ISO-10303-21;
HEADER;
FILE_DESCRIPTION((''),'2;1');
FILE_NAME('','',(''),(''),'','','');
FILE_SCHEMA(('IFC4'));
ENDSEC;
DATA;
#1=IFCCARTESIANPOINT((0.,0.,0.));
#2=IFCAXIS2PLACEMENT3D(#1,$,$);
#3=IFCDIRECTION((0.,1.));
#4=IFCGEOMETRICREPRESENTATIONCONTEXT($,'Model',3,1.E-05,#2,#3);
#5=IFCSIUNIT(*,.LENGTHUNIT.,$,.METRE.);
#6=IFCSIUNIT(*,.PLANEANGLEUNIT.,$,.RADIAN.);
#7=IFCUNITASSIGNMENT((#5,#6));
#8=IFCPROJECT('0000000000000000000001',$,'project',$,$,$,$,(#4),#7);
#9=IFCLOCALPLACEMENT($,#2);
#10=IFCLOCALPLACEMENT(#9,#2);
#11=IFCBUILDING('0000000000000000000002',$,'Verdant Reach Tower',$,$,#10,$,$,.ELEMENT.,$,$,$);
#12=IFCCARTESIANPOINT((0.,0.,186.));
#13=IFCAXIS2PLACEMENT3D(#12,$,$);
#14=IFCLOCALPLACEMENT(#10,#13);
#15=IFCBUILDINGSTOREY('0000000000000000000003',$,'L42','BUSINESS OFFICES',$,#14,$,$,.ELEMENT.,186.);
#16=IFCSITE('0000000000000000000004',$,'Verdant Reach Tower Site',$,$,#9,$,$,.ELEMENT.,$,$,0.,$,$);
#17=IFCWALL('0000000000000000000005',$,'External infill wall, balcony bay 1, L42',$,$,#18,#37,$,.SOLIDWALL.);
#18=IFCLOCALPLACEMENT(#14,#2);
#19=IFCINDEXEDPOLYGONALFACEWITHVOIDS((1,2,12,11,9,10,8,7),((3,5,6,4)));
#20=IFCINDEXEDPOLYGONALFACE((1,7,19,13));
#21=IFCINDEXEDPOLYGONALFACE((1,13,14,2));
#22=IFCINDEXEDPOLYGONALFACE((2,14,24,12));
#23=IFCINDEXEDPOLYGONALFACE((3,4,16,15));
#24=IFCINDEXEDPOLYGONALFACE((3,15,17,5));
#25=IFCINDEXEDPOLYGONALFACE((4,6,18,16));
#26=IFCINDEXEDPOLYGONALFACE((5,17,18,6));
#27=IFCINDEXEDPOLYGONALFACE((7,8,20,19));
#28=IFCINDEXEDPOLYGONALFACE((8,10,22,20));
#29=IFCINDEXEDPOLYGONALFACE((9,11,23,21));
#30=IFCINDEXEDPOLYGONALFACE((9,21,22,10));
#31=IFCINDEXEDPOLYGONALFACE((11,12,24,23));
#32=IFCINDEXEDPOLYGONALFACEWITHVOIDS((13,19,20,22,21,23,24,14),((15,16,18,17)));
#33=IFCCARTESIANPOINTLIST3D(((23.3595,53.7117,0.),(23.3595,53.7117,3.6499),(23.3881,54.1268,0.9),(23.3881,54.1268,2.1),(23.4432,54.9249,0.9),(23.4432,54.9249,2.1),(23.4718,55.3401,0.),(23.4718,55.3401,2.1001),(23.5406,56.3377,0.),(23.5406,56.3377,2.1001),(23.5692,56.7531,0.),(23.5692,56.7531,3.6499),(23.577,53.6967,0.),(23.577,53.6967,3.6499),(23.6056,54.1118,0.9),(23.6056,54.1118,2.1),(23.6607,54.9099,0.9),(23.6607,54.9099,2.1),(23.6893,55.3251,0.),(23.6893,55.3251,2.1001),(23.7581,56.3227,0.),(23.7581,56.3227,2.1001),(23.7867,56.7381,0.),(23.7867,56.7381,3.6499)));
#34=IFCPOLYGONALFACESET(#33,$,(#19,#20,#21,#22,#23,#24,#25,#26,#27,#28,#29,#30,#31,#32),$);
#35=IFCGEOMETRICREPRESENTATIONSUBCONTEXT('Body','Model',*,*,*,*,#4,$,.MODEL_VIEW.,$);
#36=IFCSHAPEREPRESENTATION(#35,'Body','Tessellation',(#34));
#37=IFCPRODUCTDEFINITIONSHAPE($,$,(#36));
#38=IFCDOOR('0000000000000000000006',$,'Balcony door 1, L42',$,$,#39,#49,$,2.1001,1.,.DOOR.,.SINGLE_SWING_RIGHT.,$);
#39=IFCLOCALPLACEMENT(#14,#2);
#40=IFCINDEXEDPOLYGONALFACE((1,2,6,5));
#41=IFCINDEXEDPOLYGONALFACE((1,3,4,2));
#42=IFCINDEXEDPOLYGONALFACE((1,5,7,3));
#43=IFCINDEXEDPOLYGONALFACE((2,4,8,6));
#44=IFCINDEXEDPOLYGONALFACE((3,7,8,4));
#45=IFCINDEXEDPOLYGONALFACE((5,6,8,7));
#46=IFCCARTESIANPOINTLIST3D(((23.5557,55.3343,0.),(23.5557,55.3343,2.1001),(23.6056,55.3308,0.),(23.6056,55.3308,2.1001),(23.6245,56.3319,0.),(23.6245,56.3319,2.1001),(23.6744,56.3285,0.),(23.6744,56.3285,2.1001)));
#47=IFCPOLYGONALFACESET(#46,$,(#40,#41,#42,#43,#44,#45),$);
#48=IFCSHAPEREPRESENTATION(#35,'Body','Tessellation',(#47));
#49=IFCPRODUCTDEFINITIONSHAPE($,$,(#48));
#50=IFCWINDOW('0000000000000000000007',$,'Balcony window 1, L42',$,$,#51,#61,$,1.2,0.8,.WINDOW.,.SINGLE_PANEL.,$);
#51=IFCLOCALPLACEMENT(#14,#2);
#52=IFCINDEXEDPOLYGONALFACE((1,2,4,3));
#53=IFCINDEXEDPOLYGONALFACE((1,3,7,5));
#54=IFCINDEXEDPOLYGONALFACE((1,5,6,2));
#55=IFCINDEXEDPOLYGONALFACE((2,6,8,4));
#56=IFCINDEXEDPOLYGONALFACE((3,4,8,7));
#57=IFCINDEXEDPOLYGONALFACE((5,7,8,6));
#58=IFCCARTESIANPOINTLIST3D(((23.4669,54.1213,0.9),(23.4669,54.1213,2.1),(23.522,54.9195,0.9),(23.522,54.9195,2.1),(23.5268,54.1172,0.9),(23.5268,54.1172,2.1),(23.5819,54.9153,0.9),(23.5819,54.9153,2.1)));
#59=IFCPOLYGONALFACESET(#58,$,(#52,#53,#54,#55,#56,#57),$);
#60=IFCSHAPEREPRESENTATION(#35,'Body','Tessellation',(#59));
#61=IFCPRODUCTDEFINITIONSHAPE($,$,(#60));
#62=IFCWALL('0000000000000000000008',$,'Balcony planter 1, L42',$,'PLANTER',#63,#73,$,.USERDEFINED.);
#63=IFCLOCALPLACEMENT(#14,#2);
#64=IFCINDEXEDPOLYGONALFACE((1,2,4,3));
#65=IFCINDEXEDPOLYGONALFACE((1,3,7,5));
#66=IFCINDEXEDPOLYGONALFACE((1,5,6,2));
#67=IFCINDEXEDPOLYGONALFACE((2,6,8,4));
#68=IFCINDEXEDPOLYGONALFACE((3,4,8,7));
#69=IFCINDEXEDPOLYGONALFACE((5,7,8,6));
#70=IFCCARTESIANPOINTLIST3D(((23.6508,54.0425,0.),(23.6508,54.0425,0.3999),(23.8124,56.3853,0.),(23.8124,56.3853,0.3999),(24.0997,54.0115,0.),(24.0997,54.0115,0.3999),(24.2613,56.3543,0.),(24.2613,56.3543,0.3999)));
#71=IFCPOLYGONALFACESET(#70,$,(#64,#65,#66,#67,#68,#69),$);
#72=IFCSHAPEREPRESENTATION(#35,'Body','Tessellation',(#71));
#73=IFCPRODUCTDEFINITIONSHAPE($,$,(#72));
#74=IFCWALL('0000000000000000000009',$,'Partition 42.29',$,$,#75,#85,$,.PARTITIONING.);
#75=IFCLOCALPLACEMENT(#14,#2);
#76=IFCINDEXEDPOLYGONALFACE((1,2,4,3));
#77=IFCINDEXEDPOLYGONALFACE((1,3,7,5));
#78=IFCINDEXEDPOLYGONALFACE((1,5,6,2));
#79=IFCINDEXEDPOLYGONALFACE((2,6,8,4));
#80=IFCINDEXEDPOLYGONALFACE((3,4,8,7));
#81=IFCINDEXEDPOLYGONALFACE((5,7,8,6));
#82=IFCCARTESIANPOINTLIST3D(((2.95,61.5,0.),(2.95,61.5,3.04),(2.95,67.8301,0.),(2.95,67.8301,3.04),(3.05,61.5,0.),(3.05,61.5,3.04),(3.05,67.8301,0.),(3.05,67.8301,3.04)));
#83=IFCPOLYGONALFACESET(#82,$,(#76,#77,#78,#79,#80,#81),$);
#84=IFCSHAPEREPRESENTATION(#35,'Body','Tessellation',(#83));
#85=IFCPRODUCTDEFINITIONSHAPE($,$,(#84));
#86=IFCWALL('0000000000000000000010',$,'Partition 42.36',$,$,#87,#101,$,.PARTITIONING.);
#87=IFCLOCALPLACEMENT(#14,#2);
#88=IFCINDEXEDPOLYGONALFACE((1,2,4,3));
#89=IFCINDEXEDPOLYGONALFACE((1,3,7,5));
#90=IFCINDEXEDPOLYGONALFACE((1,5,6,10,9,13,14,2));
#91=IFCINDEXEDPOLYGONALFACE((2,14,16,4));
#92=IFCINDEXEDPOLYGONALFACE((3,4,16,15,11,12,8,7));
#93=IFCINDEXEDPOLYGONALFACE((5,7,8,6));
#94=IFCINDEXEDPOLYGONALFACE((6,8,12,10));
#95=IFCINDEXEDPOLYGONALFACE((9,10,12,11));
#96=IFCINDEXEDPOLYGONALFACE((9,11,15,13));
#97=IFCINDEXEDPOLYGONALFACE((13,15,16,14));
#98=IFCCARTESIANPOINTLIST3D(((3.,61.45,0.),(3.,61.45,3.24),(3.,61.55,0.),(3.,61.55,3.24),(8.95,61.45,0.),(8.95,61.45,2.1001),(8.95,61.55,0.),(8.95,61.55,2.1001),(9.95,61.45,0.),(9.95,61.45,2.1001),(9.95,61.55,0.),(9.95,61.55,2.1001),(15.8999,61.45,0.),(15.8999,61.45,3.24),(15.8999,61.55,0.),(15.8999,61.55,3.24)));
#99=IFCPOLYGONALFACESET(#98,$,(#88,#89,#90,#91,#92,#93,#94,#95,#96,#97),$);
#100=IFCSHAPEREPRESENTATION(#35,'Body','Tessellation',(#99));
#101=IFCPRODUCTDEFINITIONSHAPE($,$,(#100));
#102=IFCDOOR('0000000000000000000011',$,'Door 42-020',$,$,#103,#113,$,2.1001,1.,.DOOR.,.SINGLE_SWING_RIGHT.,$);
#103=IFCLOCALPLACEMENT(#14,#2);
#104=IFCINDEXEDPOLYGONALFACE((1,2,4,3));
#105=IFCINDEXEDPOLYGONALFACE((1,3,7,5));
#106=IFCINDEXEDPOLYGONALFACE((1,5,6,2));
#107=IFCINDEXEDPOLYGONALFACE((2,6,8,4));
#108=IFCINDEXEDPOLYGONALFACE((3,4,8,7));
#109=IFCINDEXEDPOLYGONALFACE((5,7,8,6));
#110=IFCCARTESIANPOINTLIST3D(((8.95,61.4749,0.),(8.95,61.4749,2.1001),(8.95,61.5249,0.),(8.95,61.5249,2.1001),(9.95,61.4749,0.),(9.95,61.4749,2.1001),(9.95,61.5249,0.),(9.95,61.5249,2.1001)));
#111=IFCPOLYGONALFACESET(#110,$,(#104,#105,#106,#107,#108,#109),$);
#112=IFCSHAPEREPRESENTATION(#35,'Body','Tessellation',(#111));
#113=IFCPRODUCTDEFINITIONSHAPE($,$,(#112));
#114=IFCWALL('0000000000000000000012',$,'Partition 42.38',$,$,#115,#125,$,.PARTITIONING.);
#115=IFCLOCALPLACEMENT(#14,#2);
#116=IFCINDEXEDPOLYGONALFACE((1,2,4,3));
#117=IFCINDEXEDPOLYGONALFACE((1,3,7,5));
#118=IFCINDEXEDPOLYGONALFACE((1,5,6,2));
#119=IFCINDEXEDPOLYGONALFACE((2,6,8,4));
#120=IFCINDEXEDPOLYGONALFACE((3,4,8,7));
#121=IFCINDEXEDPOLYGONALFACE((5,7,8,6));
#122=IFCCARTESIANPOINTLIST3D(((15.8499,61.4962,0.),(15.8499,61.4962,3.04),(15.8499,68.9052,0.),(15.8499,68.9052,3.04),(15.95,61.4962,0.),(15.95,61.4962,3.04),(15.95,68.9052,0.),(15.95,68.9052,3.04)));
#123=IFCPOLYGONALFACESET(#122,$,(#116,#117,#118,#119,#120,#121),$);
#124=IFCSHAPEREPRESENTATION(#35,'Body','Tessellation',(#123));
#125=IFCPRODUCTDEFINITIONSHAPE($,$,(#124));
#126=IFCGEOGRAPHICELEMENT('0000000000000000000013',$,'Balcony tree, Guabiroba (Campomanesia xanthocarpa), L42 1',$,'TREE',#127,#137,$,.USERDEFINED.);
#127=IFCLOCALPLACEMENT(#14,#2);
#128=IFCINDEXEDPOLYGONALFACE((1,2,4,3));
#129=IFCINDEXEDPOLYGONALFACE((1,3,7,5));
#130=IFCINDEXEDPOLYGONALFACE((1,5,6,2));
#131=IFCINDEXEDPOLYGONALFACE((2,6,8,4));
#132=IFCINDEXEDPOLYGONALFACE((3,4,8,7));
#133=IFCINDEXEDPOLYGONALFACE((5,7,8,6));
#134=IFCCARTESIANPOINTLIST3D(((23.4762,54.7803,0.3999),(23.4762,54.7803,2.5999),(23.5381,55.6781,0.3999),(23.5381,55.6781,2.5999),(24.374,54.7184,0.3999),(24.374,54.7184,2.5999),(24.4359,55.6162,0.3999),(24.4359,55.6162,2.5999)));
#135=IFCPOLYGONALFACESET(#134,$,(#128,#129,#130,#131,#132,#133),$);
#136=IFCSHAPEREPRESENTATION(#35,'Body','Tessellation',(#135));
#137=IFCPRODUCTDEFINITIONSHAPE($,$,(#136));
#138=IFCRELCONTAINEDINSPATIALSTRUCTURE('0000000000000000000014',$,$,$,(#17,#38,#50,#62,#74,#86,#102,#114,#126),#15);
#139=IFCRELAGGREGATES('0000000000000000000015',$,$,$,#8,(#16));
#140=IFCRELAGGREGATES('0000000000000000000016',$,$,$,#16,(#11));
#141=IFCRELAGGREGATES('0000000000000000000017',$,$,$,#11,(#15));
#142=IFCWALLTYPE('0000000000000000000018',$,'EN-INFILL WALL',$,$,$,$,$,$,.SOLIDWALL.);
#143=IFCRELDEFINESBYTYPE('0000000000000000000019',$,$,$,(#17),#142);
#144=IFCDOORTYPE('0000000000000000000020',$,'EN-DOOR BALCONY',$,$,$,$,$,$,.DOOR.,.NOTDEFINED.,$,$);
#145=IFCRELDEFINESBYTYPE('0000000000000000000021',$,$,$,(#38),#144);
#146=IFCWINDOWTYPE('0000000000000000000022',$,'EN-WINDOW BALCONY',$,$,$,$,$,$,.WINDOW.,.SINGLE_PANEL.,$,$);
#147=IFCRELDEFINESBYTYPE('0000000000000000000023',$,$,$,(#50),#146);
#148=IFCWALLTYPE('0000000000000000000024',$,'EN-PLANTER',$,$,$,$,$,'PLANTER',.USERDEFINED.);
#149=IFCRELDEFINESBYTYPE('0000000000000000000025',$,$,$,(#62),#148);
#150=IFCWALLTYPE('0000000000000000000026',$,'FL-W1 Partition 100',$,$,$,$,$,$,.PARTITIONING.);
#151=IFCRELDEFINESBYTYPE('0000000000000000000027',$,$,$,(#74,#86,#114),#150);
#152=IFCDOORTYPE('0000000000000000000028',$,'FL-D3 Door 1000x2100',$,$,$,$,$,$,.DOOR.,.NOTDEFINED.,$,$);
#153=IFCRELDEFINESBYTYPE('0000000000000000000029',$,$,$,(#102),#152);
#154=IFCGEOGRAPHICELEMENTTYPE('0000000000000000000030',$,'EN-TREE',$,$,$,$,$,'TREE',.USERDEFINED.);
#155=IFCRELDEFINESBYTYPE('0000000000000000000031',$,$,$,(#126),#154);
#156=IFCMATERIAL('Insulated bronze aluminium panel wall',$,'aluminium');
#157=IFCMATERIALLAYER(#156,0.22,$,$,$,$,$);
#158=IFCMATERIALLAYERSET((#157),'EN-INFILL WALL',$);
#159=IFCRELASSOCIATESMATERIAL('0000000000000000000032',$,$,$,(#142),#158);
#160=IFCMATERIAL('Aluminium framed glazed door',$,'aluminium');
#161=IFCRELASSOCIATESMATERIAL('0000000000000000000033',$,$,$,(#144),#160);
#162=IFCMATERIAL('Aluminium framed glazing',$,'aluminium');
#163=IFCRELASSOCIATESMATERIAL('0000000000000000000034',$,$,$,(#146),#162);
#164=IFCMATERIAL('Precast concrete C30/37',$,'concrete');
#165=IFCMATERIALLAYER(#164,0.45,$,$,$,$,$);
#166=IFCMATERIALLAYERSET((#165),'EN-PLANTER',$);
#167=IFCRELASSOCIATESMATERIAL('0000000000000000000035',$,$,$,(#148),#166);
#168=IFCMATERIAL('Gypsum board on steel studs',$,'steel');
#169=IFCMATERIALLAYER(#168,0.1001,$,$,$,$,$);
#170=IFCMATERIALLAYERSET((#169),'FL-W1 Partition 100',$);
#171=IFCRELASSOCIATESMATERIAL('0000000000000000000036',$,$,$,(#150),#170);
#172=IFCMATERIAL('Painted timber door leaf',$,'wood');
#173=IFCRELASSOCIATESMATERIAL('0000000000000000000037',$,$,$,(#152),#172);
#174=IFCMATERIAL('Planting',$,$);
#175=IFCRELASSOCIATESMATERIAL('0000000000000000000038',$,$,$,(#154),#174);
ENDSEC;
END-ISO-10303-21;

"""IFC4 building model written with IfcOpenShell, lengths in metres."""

from ifc_helpers import new_model, si_unit, direction, frame, frame_2d, origin, origin_2d, place, context, subcontext, project, spatial, rectangle, extrude, material, layer, layer_set, type_object, element, fill, save


model = new_model("IFC4")

# Units and contexts
model_context = context("Model", 3, precision=1e-05, world=origin(), true_north=direction((0.0, 1.0)))
body_context = subcontext(model_context, "Body", "Model", "MODEL_VIEW")
ifc_project = project(units=[si_unit("LENGTHUNIT", "METRE"), si_unit("PLANEANGLEUNIT", "RADIAN")], contexts=[model_context])

# Site, building, storey
site_placement = place(None, origin())
site = spatial("IfcSite", under=ifc_project, at=site_placement, Name="Verdant Reach Tower Site", CompositionType="ELEMENT", RefElevation=0.0)
building_placement = place(site_placement, origin())
building = spatial("IfcBuilding", under=site, at=building_placement, Name="Verdant Reach Tower", CompositionType="ELEMENT")
storey_placement = place(building_placement, frame((0.0, 0.0, 186.0)))
storey = spatial("IfcBuildingStorey", under=building, at=storey_placement, Name="L42", Description="BUSINESS OFFICES", CompositionType="ELEMENT", Elevation=186.0)

# Wall, openings, door, window
ifc_material_1 = material(Name="Insulated bronze aluminium panel wall", Category="aluminium")
ifc_layer_1 = layer(ifc_material_1, 0.22)
ifc_layer_set_1 = layer_set([ifc_layer_1], Name="EN-INFILL WALL")
wall_type_1 = type_object("IfcWallType", Name="EN-INFILL WALL", PredefinedType="SOLIDWALL", material=ifc_layer_set_1)
wall_1_placement = place(storey_placement, frame((23.4683, 53.7041, 0.0), z_axis=(0.0, 0.0, 1.0), x_axis=(0.068794, 0.997631, 0.0)))
wall_1 = element("IfcWall", 1, at=wall_1_placement, inside=storey, type_object=wall_type_1, Name="External infill wall, balcony bay 1, L42", PredefinedType="SOLIDWALL", context=body_context, shape_type="SweptSolid", body=[
    extrude(rectangle(XDim=3.0486, YDim=0.218, at=frame_2d((1.5244, 0.0))), origin(), (0.0, 0.0, 1.0), 3.6499),
])
opening_1_placement = place(wall_1_placement, frame((1.6323, 0.0, 0.0)))
opening_1 = element("IfcOpeningElement", 2, at=opening_1_placement, cuts=wall_1, PredefinedType="OPENING", context=body_context, shape_type="SweptSolid", body=[
    extrude(rectangle(XDim=1.0, YDim=2.1001, at=frame_2d((0.5, 1.05))), frame((0.0, 0.1189, 0.0), z_axis=(0.0, -1.0, 0.0), x_axis=(1.0, 0.0, 0.0)), (0.0, 0.0, 1.0), 0.238),
])
opening_2_placement = place(wall_1_placement, frame((0.4163, 0.0, 0.8999)))
opening_2 = element("IfcOpeningElement", 3, at=opening_2_placement, cuts=wall_1, PredefinedType="OPENING", context=body_context, shape_type="SweptSolid", body=[
    extrude(rectangle(XDim=0.8, YDim=1.2, at=frame_2d((0.3999, 0.6001))), frame((0.0, 0.1189, 0.0), z_axis=(0.0, -1.0, 0.0), x_axis=(1.0, 0.0, 0.0)), (0.0, 0.0, 1.0), 0.238),
])
ifc_material_2 = material(Name="Aluminium framed glazed door", Category="aluminium")
door_type_1 = type_object("IfcDoorType", Name="EN-DOOR BALCONY", OperationType="NOTDEFINED", PredefinedType="DOOR", material=ifc_material_2)
door_1_placement = place(opening_1_placement, origin())
door_1 = element("IfcDoor", 4, at=door_1_placement, inside=storey, type_object=door_type_1, Name="Balcony door 1, L42", OperationType="SINGLE_SWING_RIGHT", OverallHeight=2.1001, OverallWidth=1.0, PredefinedType="DOOR", context=body_context, shape_type="SweptSolid", body=[
    extrude(rectangle(XDim=1.0, YDim=2.1001, at=frame_2d((0.5, 1.05))), frame((0.0, 0.0249, 0.0), z_axis=(0.0, -1.0, 0.0), x_axis=(1.0, 0.0, 0.0)), (0.0, 0.0, 1.0), 0.05),
])
fill(opening_1, door_1)
ifc_material_3 = material(Name="Aluminium framed glazing", Category="aluminium")
window_type = type_object("IfcWindowType", Name="EN-WINDOW BALCONY", PartitioningType="SINGLE_PANEL", PredefinedType="WINDOW", material=ifc_material_3)
window_placement = place(opening_2_placement, origin())
window = element("IfcWindow", 5, at=window_placement, inside=storey, type_object=window_type, Name="Balcony window 1, L42", OverallHeight=1.2, OverallWidth=0.8, PartitioningType="SINGLE_PANEL", PredefinedType="WINDOW", context=body_context, shape_type="SweptSolid", body=[
    extrude(rectangle(XDim=0.8, YDim=1.2, at=frame_2d((0.3999, 0.6001))), frame((0.0, 0.03, 0.0), z_axis=(0.0, -1.0, 0.0), x_axis=(1.0, 0.0, 0.0)), (0.0, 0.0, 1.0), 0.0601),
])
fill(opening_2, window)

# Walls
ifc_material_4 = material(Name="Precast concrete C30/37", Category="concrete")
ifc_layer_2 = layer(ifc_material_4, 0.45)
ifc_layer_set_2 = layer_set([ifc_layer_2], Name="EN-PLANTER")
wall_type_2 = type_object("IfcWallType", Name="EN-PLANTER", ElementType="PLANTER", PredefinedType="USERDEFINED", material=ifc_layer_set_2)
wall_2_placement = place(storey_placement, frame((23.8752, 54.0269, 0.0), z_axis=(0.0, 0.0, 1.0), x_axis=(0.068823, 0.997629, 0.0)))
element("IfcWall", 6, at=wall_2_placement, inside=storey, type_object=wall_type_2, Name="Balcony planter 1, L42", ObjectType="PLANTER", PredefinedType="USERDEFINED", context=body_context, shape_type="SweptSolid", body=[
    extrude(rectangle(XDim=2.3484, YDim=0.45, at=frame_2d((1.1743, 0.0))), origin(), (0.0, 0.0, 1.0), 0.3999),
])
ifc_material_5 = material(Name="Gypsum board on steel studs", Category="steel")
ifc_layer_3 = layer(ifc_material_5, 0.1001)
ifc_layer_set_3 = layer_set([ifc_layer_3], Name="FL-W1 Partition 100")
wall_type_3 = type_object("IfcWallType", Name="FL-W1 Partition 100", PredefinedType="PARTITIONING", material=ifc_layer_set_3)
wall_3_placement = place(storey_placement, frame((3.0, 61.5, 0.0), z_axis=(0.0, 0.0, 1.0), x_axis=(0.0, 1.0, 0.0)))
element("IfcWall", 7, at=wall_3_placement, inside=storey, type_object=wall_type_3, Name="Partition 42.29", PredefinedType="PARTITIONING", context=body_context, shape_type="SweptSolid", body=[
    extrude(rectangle(XDim=6.3301, YDim=0.1001, at=frame_2d((3.165, 0.0))), origin(), (0.0, 0.0, 1.0), 3.04),
])

# Wall, opening, door
wall_4_placement = place(storey_placement, frame((3.0, 61.5, 0.0), z_axis=(0.0, 0.0, 1.0), x_axis=(1.0, 0.0, 0.0)))
wall_4 = element("IfcWall", 8, at=wall_4_placement, inside=storey, type_object=wall_type_3, Name="Partition 42.36", PredefinedType="PARTITIONING", context=body_context, shape_type="SweptSolid", body=[
    extrude(rectangle(XDim=12.8999, YDim=0.1001, at=frame_2d((6.45, 0.0))), origin(), (0.0, 0.0, 1.0), 3.24),
])
opening_3_placement = place(wall_4_placement, frame((5.95, 0.0, 0.0)))
opening_3 = element("IfcOpeningElement", 9, at=opening_3_placement, cuts=wall_4, PredefinedType="OPENING", context=body_context, shape_type="SweptSolid", body=[
    extrude(rectangle(XDim=1.0, YDim=2.1001, at=frame_2d((0.5, 1.05))), frame((0.0, 0.0601, 0.0), z_axis=(0.0, -1.0, 0.0), x_axis=(1.0, 0.0, 0.0)), (0.0, 0.0, 1.0), 0.1201),
])
ifc_material_6 = material(Name="Painted timber door leaf", Category="wood")
door_type_2 = type_object("IfcDoorType", Name="FL-D3 Door 1000x2100", OperationType="NOTDEFINED", PredefinedType="DOOR", material=ifc_material_6)
door_2_placement = place(opening_3_placement, origin())
door_2 = element("IfcDoor", 10, at=door_2_placement, inside=storey, type_object=door_type_2, Name="Door 42-020", OperationType="SINGLE_SWING_RIGHT", OverallHeight=2.1001, OverallWidth=1.0, PredefinedType="DOOR", context=body_context, shape_type="SweptSolid", body=[
    extrude(rectangle(XDim=1.0, YDim=2.1001, at=frame_2d((0.5, 1.05))), frame((0.0, 0.0249, 0.0), z_axis=(0.0, -1.0, 0.0), x_axis=(1.0, 0.0, 0.0)), (0.0, 0.0, 1.0), 0.05),
])
fill(opening_3, door_2)

# Wall
wall_5_placement = place(storey_placement, frame((15.8999, 61.4961, 0.0), z_axis=(0.0, 0.0, 1.0), x_axis=(0.0, 1.0, 0.0)))
element("IfcWall", 11, at=wall_5_placement, inside=storey, type_object=wall_type_3, Name="Partition 42.38", PredefinedType="PARTITIONING", context=body_context, shape_type="SweptSolid", body=[
    extrude(rectangle(XDim=7.4089, YDim=0.1001, at=frame_2d((3.7046, 0.0))), origin(), (0.0, 0.0, 1.0), 3.04),
])

# Geographic element
ifc_material_7 = material(Name="Planting")
geographic_element_type = type_object("IfcGeographicElementType", Name="EN-TREE", ElementType="TREE", PredefinedType="USERDEFINED", material=ifc_material_7)
geographic_element_placement = place(storey_placement, frame((23.9561, 55.1982, 0.3999), z_axis=(0.0, 0.0, 1.0), x_axis=(0.068802, 0.99763, 0.0)))
element("IfcGeographicElement", 12, at=geographic_element_placement, inside=storey, type_object=geographic_element_type, Name="Balcony tree, Guabiroba (Campomanesia xanthocarpa), L42 1", ObjectType="TREE", PredefinedType="USERDEFINED", context=body_context, shape_type="SweptSolid", body=[
    extrude(rectangle(XDim=0.8999, YDim=0.8999, at=origin_2d()), origin(), (0.0, 0.0, 1.0), 2.2),
])

save(model, "model.ifc")
